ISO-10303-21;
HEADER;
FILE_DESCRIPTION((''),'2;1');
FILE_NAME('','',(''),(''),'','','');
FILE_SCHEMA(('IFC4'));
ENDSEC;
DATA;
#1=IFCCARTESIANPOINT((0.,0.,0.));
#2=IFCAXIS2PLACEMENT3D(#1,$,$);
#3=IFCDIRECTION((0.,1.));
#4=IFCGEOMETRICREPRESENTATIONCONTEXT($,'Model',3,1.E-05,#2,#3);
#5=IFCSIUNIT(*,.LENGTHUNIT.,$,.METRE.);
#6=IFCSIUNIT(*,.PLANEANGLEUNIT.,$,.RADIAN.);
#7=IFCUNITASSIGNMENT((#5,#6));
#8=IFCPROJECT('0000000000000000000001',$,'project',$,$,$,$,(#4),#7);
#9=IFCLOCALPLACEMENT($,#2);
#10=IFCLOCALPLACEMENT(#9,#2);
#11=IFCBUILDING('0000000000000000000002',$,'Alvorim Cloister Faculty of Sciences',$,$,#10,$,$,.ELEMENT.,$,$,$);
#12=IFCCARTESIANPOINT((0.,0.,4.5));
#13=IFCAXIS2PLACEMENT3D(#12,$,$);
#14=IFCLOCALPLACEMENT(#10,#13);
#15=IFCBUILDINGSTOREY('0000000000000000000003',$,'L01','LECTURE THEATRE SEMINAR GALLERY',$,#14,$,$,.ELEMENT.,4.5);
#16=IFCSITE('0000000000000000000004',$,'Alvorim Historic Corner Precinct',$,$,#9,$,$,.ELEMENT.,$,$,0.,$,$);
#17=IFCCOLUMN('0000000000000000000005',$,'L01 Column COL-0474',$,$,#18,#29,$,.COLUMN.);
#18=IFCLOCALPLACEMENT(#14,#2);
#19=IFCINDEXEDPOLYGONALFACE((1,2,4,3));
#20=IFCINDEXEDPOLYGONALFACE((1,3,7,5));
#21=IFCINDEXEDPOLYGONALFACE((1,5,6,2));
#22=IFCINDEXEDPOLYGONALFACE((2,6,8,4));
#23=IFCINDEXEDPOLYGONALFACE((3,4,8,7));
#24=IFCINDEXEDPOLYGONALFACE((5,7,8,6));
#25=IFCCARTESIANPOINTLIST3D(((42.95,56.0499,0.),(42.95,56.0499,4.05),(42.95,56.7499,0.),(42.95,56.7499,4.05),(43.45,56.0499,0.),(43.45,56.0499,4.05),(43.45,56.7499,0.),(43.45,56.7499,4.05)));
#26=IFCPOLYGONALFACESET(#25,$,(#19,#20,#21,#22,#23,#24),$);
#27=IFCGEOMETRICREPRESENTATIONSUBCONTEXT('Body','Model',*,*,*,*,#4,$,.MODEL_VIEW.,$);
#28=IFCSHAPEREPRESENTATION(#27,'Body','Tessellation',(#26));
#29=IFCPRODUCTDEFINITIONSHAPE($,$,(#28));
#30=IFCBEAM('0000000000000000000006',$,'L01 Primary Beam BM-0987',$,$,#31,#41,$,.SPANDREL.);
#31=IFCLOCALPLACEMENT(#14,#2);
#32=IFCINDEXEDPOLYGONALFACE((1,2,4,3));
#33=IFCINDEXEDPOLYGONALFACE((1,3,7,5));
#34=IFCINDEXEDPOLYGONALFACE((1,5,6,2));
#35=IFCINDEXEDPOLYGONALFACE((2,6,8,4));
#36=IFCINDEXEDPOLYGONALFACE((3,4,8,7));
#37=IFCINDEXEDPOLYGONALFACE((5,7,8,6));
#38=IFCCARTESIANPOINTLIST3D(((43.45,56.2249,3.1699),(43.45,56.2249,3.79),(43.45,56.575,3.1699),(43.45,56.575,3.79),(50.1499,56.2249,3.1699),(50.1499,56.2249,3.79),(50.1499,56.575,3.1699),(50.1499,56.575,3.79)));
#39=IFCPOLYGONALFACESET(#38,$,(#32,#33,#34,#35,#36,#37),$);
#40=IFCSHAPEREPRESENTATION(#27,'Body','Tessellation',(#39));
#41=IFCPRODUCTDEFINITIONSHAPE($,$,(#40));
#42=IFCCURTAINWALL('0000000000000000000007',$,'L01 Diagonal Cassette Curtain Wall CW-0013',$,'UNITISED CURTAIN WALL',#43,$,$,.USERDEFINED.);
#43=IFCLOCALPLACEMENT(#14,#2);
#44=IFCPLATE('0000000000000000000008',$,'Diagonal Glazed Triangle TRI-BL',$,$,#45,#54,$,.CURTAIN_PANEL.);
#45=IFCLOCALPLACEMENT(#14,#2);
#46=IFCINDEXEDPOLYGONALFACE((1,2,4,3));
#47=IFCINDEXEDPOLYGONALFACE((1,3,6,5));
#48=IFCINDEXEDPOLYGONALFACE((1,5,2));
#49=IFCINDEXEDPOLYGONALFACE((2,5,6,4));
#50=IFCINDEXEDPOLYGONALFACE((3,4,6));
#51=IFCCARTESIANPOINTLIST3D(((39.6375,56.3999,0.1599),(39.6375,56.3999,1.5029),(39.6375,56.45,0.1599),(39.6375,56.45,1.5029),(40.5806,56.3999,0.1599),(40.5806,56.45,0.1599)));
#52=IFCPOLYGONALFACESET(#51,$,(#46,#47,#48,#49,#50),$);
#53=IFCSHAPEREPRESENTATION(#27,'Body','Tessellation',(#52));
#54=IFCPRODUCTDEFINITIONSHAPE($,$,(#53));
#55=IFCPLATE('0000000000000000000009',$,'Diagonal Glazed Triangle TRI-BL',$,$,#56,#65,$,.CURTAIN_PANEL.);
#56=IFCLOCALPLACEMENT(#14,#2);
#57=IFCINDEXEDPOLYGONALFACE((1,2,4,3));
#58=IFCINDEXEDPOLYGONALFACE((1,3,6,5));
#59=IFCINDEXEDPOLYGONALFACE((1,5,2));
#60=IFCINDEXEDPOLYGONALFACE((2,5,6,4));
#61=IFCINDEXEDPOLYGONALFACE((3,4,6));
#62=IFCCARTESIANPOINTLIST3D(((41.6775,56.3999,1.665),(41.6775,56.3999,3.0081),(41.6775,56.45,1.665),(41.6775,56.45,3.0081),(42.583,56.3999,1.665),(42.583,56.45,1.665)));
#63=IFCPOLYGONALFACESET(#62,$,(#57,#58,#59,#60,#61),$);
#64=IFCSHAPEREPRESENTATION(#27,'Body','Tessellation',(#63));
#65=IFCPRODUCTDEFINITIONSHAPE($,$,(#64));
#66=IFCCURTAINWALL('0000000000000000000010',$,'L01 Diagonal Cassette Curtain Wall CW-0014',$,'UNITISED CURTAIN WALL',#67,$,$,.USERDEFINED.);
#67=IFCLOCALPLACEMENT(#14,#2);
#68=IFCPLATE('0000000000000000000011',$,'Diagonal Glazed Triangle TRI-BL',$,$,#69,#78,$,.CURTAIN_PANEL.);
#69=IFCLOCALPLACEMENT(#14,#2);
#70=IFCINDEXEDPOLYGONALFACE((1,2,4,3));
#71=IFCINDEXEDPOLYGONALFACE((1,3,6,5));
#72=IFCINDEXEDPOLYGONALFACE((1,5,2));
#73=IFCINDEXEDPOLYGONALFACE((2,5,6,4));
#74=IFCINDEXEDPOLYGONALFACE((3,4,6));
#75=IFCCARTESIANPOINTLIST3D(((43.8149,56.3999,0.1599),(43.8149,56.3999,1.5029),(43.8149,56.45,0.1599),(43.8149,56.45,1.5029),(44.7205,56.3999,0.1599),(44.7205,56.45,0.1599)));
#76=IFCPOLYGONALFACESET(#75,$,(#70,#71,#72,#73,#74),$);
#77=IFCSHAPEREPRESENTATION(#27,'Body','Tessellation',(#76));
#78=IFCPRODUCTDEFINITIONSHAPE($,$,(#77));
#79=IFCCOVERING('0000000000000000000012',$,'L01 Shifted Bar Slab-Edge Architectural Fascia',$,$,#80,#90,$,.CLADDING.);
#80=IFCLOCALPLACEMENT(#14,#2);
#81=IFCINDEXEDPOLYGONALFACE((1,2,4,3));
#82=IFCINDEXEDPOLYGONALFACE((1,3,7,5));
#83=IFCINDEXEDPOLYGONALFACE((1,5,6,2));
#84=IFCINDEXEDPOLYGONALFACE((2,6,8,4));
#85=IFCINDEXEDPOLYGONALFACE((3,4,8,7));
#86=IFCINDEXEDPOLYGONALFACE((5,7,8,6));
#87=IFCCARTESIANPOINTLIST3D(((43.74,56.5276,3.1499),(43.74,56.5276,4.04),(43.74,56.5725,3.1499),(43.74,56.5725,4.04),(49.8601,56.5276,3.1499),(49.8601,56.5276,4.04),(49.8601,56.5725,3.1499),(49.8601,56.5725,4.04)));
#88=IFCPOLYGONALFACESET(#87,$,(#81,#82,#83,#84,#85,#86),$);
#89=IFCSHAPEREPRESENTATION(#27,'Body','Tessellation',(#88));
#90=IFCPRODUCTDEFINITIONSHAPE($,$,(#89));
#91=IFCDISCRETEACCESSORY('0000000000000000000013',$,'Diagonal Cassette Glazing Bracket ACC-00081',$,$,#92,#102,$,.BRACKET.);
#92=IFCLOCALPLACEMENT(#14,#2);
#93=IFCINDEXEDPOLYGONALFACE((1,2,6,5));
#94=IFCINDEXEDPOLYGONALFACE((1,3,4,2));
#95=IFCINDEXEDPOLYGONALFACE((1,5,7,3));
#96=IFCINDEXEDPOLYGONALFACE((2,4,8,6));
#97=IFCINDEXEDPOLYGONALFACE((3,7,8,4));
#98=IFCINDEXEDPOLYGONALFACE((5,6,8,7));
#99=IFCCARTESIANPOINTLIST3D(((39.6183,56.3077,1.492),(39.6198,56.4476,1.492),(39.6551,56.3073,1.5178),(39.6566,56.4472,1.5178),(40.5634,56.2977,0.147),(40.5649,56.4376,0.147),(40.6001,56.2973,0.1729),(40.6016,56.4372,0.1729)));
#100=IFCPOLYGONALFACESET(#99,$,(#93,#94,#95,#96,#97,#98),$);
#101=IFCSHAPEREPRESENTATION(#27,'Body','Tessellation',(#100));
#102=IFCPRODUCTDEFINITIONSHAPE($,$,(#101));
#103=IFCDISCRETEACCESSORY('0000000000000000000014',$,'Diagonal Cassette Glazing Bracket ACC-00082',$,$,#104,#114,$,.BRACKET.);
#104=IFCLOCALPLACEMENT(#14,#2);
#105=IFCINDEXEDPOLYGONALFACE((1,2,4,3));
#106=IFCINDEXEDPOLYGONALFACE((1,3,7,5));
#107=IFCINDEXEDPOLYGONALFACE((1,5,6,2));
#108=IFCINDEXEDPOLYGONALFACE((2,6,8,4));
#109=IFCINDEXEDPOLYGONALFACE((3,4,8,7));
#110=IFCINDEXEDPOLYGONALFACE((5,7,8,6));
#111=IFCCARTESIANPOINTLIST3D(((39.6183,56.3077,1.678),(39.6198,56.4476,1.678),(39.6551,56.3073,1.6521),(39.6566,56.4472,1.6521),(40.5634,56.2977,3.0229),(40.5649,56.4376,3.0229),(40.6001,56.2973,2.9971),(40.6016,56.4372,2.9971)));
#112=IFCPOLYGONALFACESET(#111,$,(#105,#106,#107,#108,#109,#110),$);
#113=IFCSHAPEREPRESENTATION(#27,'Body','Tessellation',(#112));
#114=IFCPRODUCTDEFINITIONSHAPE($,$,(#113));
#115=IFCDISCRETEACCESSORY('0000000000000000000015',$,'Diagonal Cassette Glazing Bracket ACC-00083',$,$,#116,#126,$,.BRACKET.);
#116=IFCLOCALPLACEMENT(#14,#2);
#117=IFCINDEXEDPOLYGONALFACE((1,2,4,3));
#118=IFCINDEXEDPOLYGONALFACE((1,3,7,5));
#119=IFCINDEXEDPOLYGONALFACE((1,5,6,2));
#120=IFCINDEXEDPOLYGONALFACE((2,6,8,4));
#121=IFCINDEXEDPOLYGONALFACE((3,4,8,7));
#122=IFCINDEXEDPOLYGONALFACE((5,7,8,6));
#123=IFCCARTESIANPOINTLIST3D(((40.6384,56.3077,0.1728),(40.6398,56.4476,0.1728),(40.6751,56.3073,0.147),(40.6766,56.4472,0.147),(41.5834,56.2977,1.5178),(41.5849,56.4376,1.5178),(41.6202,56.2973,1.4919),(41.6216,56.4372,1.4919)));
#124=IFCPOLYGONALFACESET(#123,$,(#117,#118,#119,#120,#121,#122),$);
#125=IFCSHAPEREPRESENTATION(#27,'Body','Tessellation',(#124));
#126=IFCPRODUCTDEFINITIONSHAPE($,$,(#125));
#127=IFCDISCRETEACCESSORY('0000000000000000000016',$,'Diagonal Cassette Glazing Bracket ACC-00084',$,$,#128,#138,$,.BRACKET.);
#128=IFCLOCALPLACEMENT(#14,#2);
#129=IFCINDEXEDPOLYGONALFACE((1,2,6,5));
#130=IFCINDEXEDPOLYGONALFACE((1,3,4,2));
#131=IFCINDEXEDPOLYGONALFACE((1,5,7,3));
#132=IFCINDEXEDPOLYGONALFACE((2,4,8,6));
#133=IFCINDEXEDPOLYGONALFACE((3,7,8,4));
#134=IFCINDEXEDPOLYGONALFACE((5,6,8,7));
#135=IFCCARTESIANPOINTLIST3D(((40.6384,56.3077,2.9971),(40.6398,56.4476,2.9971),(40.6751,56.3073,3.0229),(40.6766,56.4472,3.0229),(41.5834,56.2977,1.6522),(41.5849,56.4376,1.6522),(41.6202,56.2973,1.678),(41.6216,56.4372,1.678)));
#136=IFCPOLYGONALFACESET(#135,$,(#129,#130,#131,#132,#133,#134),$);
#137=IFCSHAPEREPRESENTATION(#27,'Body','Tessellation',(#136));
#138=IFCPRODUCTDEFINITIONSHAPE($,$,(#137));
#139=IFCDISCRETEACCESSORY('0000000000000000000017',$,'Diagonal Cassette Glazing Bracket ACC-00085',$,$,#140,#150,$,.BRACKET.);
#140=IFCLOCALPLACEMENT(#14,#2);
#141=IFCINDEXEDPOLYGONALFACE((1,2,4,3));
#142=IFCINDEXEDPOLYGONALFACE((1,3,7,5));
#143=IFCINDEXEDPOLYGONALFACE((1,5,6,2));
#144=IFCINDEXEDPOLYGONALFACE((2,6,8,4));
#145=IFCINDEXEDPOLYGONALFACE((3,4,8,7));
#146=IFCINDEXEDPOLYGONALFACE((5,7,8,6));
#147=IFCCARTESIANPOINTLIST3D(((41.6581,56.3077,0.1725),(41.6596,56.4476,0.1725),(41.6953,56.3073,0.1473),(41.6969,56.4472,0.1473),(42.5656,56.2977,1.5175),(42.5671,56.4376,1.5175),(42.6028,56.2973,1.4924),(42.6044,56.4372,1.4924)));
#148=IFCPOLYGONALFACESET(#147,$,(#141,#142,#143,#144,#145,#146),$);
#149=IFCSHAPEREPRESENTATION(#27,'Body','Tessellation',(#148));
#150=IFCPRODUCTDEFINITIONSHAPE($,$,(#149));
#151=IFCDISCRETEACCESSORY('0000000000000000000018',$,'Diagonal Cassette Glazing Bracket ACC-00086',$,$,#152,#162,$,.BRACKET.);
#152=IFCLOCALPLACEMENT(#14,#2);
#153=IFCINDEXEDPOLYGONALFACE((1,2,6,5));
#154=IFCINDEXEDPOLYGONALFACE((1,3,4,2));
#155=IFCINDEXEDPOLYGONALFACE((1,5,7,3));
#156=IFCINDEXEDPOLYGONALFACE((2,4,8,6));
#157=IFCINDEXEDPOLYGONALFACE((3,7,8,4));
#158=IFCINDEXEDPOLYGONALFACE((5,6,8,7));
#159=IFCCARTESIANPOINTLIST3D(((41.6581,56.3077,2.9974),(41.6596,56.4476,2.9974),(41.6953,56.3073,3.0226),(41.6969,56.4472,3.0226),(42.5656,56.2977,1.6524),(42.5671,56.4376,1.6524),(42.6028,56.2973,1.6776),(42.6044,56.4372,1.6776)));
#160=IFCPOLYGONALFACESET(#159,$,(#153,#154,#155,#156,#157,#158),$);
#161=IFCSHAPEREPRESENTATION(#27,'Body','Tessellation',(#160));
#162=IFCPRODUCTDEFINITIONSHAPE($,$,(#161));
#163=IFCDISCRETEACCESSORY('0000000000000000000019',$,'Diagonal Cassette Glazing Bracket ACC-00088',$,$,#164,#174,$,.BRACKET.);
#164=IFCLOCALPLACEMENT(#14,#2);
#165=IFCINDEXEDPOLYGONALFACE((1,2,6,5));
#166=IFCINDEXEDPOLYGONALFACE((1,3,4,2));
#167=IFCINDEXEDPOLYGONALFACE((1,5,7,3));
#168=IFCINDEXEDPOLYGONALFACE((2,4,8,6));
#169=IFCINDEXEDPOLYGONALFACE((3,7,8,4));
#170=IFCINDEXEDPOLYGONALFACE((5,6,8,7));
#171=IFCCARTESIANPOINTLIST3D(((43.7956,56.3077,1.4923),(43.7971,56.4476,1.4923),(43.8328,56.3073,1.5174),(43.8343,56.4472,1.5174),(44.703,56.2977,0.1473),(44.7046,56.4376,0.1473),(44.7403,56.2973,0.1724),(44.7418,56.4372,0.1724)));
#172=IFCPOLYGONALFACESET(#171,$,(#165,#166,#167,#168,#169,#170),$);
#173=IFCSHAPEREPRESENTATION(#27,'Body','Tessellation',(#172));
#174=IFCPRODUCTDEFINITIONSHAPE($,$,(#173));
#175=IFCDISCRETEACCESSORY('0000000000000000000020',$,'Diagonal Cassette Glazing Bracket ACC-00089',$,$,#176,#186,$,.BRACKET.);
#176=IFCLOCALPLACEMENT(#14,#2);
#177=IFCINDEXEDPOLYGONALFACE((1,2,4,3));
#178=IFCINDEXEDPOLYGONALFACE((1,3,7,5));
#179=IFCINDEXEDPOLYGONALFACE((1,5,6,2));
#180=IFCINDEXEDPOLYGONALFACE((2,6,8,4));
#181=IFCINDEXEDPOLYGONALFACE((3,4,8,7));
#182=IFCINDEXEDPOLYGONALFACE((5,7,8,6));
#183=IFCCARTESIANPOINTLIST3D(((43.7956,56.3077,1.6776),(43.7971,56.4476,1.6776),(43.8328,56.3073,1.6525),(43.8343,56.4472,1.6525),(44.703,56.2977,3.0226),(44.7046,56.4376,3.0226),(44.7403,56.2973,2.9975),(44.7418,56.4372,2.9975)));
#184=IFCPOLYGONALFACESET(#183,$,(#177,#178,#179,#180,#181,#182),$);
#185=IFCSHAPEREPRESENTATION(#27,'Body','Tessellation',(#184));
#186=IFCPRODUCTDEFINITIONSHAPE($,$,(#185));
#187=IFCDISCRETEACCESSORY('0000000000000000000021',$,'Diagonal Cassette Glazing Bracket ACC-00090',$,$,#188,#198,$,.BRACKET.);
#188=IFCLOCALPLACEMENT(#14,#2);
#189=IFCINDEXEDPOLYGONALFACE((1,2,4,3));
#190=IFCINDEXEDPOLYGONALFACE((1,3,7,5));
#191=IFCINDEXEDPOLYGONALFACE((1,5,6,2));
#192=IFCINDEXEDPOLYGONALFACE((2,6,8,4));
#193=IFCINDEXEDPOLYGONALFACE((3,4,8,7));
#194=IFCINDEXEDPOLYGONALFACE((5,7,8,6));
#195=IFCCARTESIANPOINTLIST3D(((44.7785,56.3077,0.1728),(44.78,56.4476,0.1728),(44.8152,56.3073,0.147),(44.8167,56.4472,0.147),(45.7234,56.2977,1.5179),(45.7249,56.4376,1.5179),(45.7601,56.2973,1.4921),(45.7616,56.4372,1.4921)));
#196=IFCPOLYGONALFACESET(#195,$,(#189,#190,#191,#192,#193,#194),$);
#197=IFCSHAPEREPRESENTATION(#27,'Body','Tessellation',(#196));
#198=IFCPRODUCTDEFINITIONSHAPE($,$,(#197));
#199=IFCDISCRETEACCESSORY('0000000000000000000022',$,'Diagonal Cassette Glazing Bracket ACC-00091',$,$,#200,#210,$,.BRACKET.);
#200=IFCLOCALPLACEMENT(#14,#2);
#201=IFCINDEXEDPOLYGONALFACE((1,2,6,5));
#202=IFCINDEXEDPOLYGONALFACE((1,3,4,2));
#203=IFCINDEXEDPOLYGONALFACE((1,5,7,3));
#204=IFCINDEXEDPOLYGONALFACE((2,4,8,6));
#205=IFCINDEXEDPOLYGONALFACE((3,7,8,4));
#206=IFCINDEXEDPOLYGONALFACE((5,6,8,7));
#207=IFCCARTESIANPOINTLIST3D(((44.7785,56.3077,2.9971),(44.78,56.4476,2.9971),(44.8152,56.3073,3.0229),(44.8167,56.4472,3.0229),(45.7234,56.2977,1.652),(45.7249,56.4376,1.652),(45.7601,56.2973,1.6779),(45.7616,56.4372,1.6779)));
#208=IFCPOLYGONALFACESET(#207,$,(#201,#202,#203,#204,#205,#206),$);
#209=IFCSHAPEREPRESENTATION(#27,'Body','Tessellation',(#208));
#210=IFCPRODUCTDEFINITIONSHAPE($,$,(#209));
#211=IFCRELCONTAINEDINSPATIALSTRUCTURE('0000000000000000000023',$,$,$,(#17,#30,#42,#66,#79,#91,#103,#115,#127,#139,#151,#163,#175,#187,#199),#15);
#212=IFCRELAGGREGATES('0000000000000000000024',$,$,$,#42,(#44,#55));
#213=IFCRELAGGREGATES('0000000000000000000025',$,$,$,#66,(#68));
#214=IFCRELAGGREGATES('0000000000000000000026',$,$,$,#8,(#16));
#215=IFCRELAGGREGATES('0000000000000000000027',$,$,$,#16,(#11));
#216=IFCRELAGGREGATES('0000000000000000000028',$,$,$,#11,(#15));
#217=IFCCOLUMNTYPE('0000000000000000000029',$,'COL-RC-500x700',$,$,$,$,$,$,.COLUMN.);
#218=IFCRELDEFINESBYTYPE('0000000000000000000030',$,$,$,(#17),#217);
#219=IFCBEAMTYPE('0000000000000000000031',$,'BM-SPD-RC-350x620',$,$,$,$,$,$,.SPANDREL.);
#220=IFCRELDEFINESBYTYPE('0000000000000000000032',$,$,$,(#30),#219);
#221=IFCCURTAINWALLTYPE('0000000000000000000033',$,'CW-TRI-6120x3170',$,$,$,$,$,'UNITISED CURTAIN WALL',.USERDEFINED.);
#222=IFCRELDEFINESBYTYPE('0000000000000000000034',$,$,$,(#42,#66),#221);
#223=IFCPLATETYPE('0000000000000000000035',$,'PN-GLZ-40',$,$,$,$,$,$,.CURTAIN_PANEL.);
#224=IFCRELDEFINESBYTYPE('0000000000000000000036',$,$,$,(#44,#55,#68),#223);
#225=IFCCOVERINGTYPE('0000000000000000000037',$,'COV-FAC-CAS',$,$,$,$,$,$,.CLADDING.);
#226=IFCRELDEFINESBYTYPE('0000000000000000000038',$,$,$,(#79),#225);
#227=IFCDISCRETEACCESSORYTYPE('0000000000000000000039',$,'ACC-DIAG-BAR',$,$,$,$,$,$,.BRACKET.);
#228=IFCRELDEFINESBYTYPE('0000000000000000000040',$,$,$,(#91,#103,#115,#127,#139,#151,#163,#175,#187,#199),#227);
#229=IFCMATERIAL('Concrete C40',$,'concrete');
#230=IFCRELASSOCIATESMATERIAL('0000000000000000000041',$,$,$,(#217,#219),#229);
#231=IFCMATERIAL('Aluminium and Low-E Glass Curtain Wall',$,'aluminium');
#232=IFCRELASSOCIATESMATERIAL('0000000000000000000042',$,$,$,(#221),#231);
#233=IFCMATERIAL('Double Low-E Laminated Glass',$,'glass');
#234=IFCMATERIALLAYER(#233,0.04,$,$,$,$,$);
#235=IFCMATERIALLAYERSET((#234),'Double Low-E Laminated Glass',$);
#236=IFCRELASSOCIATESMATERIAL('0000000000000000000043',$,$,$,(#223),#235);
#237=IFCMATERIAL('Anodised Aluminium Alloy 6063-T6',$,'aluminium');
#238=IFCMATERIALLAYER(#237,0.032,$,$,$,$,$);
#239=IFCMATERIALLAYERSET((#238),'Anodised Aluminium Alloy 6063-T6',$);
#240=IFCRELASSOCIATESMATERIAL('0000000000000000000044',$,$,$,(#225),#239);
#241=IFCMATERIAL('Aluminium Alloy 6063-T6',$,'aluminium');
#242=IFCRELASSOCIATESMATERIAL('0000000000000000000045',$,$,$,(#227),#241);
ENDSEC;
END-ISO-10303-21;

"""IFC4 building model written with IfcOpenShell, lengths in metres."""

from ifc_helpers import new_model, si_unit, direction, frame, origin, origin_2d, place, context, subcontext, project, spatial, polyline, rectangle, outline, extrude, material, layer, layer_set, material_profile, profile_set, type_object, element, aggregate, save


model = new_model("IFC4")

# Units and contexts
model_context = context("Model", 3, precision=1e-05, world=origin(), true_north=direction((0.0, 1.0)))
body_context = subcontext(model_context, "Body", "Model", "MODEL_VIEW")
ifc_project = project(units=[si_unit("LENGTHUNIT", "METRE"), si_unit("PLANEANGLEUNIT", "RADIAN")], contexts=[model_context])

# Site, building, storey
site_placement = place(None, origin())
site = spatial("IfcSite", under=ifc_project, at=site_placement, Name="Alvorim Historic Corner Precinct", CompositionType="ELEMENT", RefElevation=0.0)
building_placement = place(site_placement, origin())
building = spatial("IfcBuilding", under=site, at=building_placement, Name="Alvorim Cloister Faculty of Sciences", CompositionType="ELEMENT")
storey_placement = place(building_placement, frame((0.0, 0.0, 4.5)))
storey = spatial("IfcBuildingStorey", under=building, at=storey_placement, Name="L01", Description="LECTURE THEATRE SEMINAR GALLERY", CompositionType="ELEMENT", Elevation=4.5)

# Column
ifc_material_1 = material(Name="Concrete C40", Category="concrete")
ifc_material_profile_1 = material_profile(ifc_material_1, rectangle(XDim=0.5, YDim=0.7, at=origin_2d()), Name="RC40-COL-500x700")
ifc_profile_set_1 = profile_set([ifc_material_profile_1], Name="Concrete C40")
column_type = type_object("IfcColumnType", Name="COL-RC-500x700", PredefinedType="COLUMN", material=ifc_profile_set_1)
column_placement = place(storey_placement, frame((43.2, 56.3999, 0.0), z_axis=(0.0, 0.0, 1.0), x_axis=(1.0, 0.0, 0.0)))
element("IfcColumn", 1, at=column_placement, inside=storey, type_object=column_type, Name="L01 Column COL-0474", PredefinedType="COLUMN", context=body_context, shape_type="SweptSolid", body=[
    extrude(rectangle(XDim=0.5, YDim=0.7, at=origin_2d()), origin(), (0.0, 0.0, 1.0), 4.05),
])

# Beam
ifc_material_profile_2 = material_profile(ifc_material_1, rectangle(XDim=0.3501, YDim=0.6201, at=origin_2d()), Name="RC40-SPD-350x620")
ifc_profile_set_2 = profile_set([ifc_material_profile_2], Name="Concrete C40")
beam_type = type_object("IfcBeamType", Name="BM-SPD-RC-350x620", PredefinedType="SPANDREL", material=ifc_profile_set_2)
beam_placement = place(storey_placement, frame((43.45, 56.3999, 3.48), z_axis=(1.0, 0.0, 0.0), x_axis=(0.0, 1.0, 0.0)))
element("IfcBeam", 2, at=beam_placement, inside=storey, type_object=beam_type, Name="L01 Primary Beam BM-0987", PredefinedType="SPANDREL", context=body_context, shape_type="SweptSolid", body=[
    extrude(rectangle(XDim=0.3501, YDim=0.6201, at=origin_2d()), origin(), (0.0, 0.0, 1.0), 6.7),
])

# Curtain walls, plates
ifc_material_2 = material(Name="Aluminium and Low-E Glass Curtain Wall", Category="aluminium")
curtain_wall_type = type_object("IfcCurtainWallType", Name="CW-TRI-6120x3170", ElementType="UNITISED CURTAIN WALL", PredefinedType="USERDEFINED", material=ifc_material_2)
curtain_wall_1_placement = place(storey_placement, origin())
curtain_wall_1 = element("IfcCurtainWall", 3, at=curtain_wall_1_placement, inside=storey, type_object=curtain_wall_type, Name="L01 Diagonal Cassette Curtain Wall CW-0013", ObjectType="UNITISED CURTAIN WALL", PredefinedType="USERDEFINED")
ifc_material_3 = material(Name="Double Low-E Laminated Glass", Category="glass")
ifc_layer_1 = layer(ifc_material_3, 0.04)
ifc_layer_set_1 = layer_set([ifc_layer_1], Name="Double Low-E Laminated Glass")
plate_type = type_object("IfcPlateType", Name="PN-GLZ-40", PredefinedType="CURTAIN_PANEL", material=ifc_layer_set_1)
plate_1_placement = place(storey_placement, frame((39.6375, 56.425, 0.1599), z_axis=(0.0, 0.0, 1.0), x_axis=(1.0, 0.0, 0.0)))
plate_1 = element("IfcPlate", 4, at=plate_1_placement, type_object=plate_type, Name="Diagonal Glazed Triangle TRI-BL", PredefinedType="CURTAIN_PANEL", context=body_context, shape_type="SweptSolid", body=[
    extrude(outline(polyline([(0.0, 0.0), (0.9431, 0.0), (0.0, 1.343), (0.0, 0.0)])), frame((0.0, 0.0249, 0.0), z_axis=(0.0, -1.0, 0.0), x_axis=(1.0, 0.0, 0.0)), (0.0, 0.0, 1.0), 0.05),
])
plate_2_placement = place(storey_placement, frame((41.6775, 56.425, 1.665), z_axis=(0.0, 0.0, 1.0), x_axis=(1.0, 0.0, 0.0)))
plate_2 = element("IfcPlate", 5, at=plate_2_placement, type_object=plate_type, Name="Diagonal Glazed Triangle TRI-BL", PredefinedType="CURTAIN_PANEL", context=body_context, shape_type="SweptSolid", body=[
    extrude(outline(polyline([(0.0, 0.0), (0.9055, 0.0), (0.0, 1.343), (0.0, 0.0)])), frame((0.0, 0.0249, 0.0), z_axis=(0.0, -1.0, 0.0), x_axis=(1.0, 0.0, 0.0)), (0.0, 0.0, 1.0), 0.05),
])
aggregate(curtain_wall_1, [plate_1, plate_2])
curtain_wall_2_placement = place(storey_placement, origin())
curtain_wall_2 = element("IfcCurtainWall", 6, at=curtain_wall_2_placement, inside=storey, type_object=curtain_wall_type, Name="L01 Diagonal Cassette Curtain Wall CW-0014", ObjectType="UNITISED CURTAIN WALL", PredefinedType="USERDEFINED")
plate_3_placement = place(storey_placement, frame((43.8149, 56.425, 0.1599), z_axis=(0.0, 0.0, 1.0), x_axis=(1.0, 0.0, 0.0)))
plate_3 = element("IfcPlate", 7, at=plate_3_placement, type_object=plate_type, Name="Diagonal Glazed Triangle TRI-BL", PredefinedType="CURTAIN_PANEL", context=body_context, shape_type="SweptSolid", body=[
    extrude(outline(polyline([(0.0, 0.0), (0.9055, 0.0), (0.0, 1.343), (0.0, 0.0)])), frame((0.0, 0.0249, 0.0), z_axis=(0.0, -1.0, 0.0), x_axis=(1.0, 0.0, 0.0)), (0.0, 0.0, 1.0), 0.05),
])
aggregate(curtain_wall_2, [plate_3])

# Covering
ifc_material_4 = material(Name="Anodised Aluminium Alloy 6063-T6", Category="aluminium")
ifc_layer_2 = layer(ifc_material_4, 0.032)
ifc_layer_set_2 = layer_set([ifc_layer_2], Name="Anodised Aluminium Alloy 6063-T6")
covering_type = type_object("IfcCoveringType", Name="COV-FAC-CAS", PredefinedType="CLADDING", material=ifc_layer_set_2)
covering_placement = place(storey_placement, frame((43.74, 56.55, 3.1499), z_axis=(0.0, 0.0, 1.0), x_axis=(1.0, 0.0, 0.0)))
element("IfcCovering", 8, at=covering_placement, inside=storey, type_object=covering_type, Name="L01 Shifted Bar Slab-Edge Architectural Fascia", PredefinedType="CLADDING", context=body_context, shape_type="SweptSolid", body=[
    extrude(outline(polyline([(0.0, 0.0), (6.1201, 0.0), (6.1201, 0.8901), (0.0, 0.8901), (0.0, 0.0)])), frame((0.0, 0.0225, 0.0), z_axis=(0.0, -1.0, 0.0), x_axis=(1.0, 0.0, 0.0)), (0.0, 0.0, 1.0), 0.0449),
])

# Discrete accessories
ifc_material_5 = material(Name="Aluminium Alloy 6063-T6", Category="aluminium")
discrete_accessory_type = type_object("IfcDiscreteAccessoryType", Name="ACC-DIAG-BAR", PredefinedType="BRACKET", material=ifc_material_5)
for number, where, z_axis, x_axis, name in (
    (9, (39.6375, 56.3774, 1.5049), (0.574916, -0.006089, -0.81819), (0.010591, 0.999944, 0.0), "Diagonal Cassette Glazing Bracket ACC-00081"),
    (10, (39.6375, 56.3774, 1.665), (0.574916, -0.006089, 0.81819), (0.010591, 0.999944, 0.0), "Diagonal Cassette Glazing Bracket ACC-00082"),
    (11, (40.6575, 56.3774, 0.1599), (0.574916, -0.006089, 0.81819), (0.010591, 0.999944, 0.0), "Diagonal Cassette Glazing Bracket ACC-00083"),
    (12, (40.6575, 56.3774, 3.01), (0.574916, -0.006089, -0.81819), (0.010591, 0.999944, 0.0), "Diagonal Cassette Glazing Bracket ACC-00084"),
):
    element("IfcDiscreteAccessory", number, at=place(storey_placement, frame(where, z_axis=z_axis, x_axis=x_axis)), inside=storey, type_object=discrete_accessory_type, Name=name, PredefinedType="BRACKET", context=body_context, shape_type="SweptSolid", body=[
        extrude(rectangle(XDim=0.1399, YDim=0.0449, at=origin_2d()), origin(), (0.0, 0.0, 1.0), 1.6438),
    ])
for number, where, z_axis, x_axis, name in (
    (13, (41.6775, 56.3774, 0.1599), (0.559299, -0.006169, 0.828943), (0.01103, 0.999939, 0.0), "Diagonal Cassette Glazing Bracket ACC-00085"),
    (14, (41.6775, 56.3774, 3.01), (0.559299, -0.006169, -0.828943), (0.01103, 0.999939, 0.0), "Diagonal Cassette Glazing Bracket ACC-00086"),
    (15, (43.8149, 56.3774, 1.5049), (0.559299, -0.006169, -0.828943), (0.01103, 0.999939, 0.0), "Diagonal Cassette Glazing Bracket ACC-00088"),
    (16, (43.8149, 56.3774, 1.665), (0.559299, -0.006169, 0.828943), (0.01103, 0.999939, 0.0), "Diagonal Cassette Glazing Bracket ACC-00089"),
):
    element("IfcDiscreteAccessory", number, at=place(storey_placement, frame(where, z_axis=z_axis, x_axis=x_axis)), inside=storey, type_object=discrete_accessory_type, Name=name, PredefinedType="BRACKET", context=body_context, shape_type="SweptSolid", body=[
        extrude(rectangle(XDim=0.1399, YDim=0.0449, at=origin_2d()), origin(), (0.0, 0.0, 1.0), 1.6226),
    ])
for number, where, z_axis, x_axis, name in (
    (17, (44.7976, 56.3774, 0.1599), (0.574817, -0.00609, 0.81826), (0.010594, 0.999944, 0.0), "Diagonal Cassette Glazing Bracket ACC-00090"),
    (18, (44.7976, 56.3774, 3.01), (0.574817, -0.00609, -0.81826), (0.010594, 0.999944, 0.0), "Diagonal Cassette Glazing Bracket ACC-00091"),
):
    element("IfcDiscreteAccessory", number, at=place(storey_placement, frame(where, z_axis=z_axis, x_axis=x_axis)), inside=storey, type_object=discrete_accessory_type, Name=name, PredefinedType="BRACKET", context=body_context, shape_type="SweptSolid", body=[
        extrude(rectangle(XDim=0.1399, YDim=0.0449, at=origin_2d()), origin(), (0.0, 0.0, 1.0), 1.6438),
    ])

save(model, "model.ifc")
